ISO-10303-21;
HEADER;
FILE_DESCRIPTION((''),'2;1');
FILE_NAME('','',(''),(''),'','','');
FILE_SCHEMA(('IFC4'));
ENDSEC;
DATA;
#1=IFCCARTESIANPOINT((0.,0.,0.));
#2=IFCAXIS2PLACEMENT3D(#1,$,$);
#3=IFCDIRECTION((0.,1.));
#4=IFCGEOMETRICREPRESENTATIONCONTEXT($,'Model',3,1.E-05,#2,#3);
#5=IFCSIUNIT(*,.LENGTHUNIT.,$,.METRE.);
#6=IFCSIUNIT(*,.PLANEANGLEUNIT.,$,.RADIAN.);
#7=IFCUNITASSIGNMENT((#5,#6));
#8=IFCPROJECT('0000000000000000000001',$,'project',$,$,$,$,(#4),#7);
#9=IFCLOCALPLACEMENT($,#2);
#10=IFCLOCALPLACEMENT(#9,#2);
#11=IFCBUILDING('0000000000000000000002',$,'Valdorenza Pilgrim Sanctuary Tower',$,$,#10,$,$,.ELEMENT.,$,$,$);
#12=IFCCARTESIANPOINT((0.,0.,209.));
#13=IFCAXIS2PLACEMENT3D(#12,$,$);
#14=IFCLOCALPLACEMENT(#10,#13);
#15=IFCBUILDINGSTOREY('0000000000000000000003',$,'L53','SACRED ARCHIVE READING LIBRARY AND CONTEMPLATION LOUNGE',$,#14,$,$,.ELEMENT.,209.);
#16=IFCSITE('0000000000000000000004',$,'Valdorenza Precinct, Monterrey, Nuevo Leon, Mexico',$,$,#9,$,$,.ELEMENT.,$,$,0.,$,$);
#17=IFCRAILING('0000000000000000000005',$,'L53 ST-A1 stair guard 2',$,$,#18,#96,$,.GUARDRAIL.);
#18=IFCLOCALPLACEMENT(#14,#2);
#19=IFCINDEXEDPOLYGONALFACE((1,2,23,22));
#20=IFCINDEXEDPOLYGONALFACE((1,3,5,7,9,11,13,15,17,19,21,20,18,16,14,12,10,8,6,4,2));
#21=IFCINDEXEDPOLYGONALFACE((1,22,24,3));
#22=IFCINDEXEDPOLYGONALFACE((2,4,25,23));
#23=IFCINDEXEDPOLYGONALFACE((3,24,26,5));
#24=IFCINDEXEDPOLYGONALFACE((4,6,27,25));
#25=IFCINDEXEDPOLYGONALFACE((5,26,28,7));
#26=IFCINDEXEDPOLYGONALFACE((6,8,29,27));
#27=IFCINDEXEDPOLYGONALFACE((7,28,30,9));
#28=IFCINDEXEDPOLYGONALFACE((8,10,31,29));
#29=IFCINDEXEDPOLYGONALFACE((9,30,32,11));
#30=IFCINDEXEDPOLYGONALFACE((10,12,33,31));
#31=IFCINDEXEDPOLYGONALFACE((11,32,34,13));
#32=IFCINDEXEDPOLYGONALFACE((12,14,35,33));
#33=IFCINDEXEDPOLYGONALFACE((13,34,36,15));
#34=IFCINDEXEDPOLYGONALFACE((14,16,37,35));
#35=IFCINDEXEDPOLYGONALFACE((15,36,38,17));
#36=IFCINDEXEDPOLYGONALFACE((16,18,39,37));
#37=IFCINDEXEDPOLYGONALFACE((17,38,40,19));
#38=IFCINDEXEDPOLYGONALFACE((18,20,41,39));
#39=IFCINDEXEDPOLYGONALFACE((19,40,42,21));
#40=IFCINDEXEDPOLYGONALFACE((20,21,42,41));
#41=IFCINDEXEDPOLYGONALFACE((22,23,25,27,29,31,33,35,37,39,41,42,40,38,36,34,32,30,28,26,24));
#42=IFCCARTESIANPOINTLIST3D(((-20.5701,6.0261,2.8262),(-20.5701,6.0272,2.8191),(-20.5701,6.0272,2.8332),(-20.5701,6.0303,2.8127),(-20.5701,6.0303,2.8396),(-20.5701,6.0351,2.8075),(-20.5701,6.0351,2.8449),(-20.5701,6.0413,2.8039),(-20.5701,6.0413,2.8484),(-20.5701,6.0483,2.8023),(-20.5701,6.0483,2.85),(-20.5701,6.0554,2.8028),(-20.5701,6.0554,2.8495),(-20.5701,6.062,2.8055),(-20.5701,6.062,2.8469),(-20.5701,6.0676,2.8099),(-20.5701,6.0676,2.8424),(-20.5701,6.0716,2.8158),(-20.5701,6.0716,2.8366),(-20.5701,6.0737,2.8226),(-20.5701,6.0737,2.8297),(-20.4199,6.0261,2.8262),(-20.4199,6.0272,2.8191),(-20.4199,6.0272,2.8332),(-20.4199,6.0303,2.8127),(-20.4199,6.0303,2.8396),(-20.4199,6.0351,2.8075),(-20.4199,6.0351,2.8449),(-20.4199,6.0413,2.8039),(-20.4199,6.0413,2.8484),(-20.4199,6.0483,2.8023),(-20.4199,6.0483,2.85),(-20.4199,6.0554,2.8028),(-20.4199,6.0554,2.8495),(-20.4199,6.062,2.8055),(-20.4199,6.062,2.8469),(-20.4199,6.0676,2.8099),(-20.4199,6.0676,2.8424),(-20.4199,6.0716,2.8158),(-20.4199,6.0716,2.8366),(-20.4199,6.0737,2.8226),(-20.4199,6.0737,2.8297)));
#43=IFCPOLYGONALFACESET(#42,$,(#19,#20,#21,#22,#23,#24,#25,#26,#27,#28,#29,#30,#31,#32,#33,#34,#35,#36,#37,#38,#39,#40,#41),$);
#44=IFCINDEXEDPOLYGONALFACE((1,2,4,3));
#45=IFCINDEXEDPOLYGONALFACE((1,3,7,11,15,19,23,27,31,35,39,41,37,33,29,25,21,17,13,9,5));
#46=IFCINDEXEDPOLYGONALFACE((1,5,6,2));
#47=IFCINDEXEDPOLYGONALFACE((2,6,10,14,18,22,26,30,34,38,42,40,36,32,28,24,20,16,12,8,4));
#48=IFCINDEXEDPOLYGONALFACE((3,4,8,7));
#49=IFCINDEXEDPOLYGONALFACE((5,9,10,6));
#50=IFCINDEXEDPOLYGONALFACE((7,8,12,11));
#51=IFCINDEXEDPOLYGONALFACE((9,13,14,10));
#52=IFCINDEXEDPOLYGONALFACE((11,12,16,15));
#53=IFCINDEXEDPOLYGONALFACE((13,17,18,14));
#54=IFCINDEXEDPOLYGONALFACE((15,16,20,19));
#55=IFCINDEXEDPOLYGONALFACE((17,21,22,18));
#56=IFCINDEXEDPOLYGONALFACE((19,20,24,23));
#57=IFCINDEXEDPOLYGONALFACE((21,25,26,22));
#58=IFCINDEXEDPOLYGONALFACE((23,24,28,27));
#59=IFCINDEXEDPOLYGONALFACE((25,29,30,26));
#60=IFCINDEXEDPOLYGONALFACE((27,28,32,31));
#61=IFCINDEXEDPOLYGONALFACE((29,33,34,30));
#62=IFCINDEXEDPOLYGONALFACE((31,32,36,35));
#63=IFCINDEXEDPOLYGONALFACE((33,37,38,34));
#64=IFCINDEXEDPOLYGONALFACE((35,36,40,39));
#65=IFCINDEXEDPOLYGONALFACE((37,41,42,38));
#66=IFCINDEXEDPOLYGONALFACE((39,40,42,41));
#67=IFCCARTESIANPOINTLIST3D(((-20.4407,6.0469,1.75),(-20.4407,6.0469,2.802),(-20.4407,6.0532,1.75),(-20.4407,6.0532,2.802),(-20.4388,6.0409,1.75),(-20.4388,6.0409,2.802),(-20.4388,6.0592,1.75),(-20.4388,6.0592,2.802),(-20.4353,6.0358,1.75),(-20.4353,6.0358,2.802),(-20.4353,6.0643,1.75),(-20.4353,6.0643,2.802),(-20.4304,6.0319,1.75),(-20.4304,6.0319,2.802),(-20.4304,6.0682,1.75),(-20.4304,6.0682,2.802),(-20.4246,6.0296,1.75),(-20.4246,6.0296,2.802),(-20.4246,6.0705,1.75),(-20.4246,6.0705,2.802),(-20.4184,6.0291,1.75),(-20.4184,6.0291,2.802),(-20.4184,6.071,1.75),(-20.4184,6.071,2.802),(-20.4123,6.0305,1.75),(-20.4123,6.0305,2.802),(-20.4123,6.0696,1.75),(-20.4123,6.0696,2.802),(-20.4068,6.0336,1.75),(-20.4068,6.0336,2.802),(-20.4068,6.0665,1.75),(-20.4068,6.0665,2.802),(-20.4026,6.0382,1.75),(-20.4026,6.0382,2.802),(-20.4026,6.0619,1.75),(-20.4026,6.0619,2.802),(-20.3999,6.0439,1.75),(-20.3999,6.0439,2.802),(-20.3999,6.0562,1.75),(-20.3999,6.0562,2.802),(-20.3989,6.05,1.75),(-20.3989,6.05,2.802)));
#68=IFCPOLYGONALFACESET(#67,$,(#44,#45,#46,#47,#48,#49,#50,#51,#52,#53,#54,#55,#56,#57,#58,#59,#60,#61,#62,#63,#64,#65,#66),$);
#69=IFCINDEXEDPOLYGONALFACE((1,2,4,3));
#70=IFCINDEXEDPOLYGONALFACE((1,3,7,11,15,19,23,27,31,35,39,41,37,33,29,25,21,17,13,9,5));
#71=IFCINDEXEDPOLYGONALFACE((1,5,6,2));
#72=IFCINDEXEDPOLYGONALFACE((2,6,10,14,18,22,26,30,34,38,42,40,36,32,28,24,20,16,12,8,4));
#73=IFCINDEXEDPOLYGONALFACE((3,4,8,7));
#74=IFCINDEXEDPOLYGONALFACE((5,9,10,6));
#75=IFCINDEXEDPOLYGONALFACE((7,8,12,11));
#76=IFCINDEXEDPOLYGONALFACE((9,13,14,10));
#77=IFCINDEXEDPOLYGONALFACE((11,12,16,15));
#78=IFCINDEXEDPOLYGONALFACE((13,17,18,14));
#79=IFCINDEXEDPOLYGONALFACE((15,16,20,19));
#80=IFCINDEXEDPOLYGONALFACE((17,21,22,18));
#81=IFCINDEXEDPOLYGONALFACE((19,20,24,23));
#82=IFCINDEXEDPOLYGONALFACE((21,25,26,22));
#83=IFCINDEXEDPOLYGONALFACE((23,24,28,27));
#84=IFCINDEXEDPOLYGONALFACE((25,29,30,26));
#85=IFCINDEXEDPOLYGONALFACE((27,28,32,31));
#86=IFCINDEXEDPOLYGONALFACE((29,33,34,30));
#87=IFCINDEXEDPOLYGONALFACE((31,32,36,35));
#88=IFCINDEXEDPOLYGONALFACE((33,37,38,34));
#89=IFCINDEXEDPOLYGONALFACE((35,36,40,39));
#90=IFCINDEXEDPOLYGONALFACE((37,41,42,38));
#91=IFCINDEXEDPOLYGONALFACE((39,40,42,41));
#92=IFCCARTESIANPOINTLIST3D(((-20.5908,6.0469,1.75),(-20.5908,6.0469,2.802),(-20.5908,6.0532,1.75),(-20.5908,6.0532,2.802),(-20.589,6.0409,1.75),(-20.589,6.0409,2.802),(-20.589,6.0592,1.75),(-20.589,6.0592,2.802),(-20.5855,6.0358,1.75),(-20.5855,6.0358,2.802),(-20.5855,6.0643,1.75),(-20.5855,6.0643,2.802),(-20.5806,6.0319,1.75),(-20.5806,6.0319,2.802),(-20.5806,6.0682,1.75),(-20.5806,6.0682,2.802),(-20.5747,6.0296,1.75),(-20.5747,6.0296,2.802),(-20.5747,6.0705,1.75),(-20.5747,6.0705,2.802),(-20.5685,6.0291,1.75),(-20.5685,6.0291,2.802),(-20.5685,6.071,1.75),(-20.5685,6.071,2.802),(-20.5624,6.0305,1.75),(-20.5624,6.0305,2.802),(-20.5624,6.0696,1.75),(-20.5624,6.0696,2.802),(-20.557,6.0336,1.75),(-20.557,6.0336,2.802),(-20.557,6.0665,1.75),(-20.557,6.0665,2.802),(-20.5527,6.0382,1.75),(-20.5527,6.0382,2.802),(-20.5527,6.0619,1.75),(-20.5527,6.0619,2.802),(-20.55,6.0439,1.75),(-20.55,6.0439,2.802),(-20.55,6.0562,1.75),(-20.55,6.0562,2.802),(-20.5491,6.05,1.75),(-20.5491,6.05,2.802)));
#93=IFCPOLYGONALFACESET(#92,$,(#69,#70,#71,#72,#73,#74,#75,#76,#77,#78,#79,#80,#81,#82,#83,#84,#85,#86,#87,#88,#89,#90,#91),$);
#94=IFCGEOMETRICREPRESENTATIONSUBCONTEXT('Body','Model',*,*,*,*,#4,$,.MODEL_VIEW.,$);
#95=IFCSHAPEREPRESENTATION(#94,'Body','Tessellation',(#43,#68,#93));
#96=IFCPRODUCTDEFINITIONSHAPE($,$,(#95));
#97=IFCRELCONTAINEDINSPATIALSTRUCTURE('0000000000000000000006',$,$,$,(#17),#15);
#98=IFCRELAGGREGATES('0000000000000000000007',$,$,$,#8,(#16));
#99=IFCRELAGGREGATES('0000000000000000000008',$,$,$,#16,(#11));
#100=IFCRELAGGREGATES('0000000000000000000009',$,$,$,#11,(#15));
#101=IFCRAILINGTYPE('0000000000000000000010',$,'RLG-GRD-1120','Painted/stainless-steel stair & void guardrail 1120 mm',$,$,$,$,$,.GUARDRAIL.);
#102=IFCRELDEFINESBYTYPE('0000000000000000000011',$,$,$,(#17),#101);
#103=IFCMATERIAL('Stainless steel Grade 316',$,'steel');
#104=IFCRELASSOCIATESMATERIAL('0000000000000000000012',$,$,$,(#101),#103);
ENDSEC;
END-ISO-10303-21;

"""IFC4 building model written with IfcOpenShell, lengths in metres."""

from ifc_helpers import new_model, si_unit, direction, frame, origin, origin_2d, place, context, subcontext, project, spatial, circle, extrude, material, type_object, element, save


model = new_model("IFC4")

# Units and contexts
model_context = context("Model", 3, precision=1e-05, world=origin(), true_north=direction((0.0, 1.0)))
body_context = subcontext(model_context, "Body", "Model", "MODEL_VIEW")
ifc_project = project(units=[si_unit("LENGTHUNIT", "METRE"), si_unit("PLANEANGLEUNIT", "RADIAN")], contexts=[model_context])

# Site, building, storey
site_placement = place(None, origin())
site = spatial("IfcSite", under=ifc_project, at=site_placement, Name="Valdorenza Precinct, Monterrey, Nuevo Leon, Mexico", CompositionType="ELEMENT", RefElevation=0.0)
building_placement = place(site_placement, origin())
building = spatial("IfcBuilding", under=site, at=building_placement, Name="Valdorenza Pilgrim Sanctuary Tower", CompositionType="ELEMENT")
storey_placement = place(building_placement, frame((0.0, 0.0, 209.0)))
storey = spatial("IfcBuildingStorey", under=building, at=storey_placement, Name="L53", Description="SACRED ARCHIVE READING LIBRARY AND CONTEMPLATION LOUNGE", CompositionType="ELEMENT", Elevation=209.0)

# Railing
ifc_material_1 = material(Name="Stainless steel Grade 316", Category="steel")
railing_type_1 = type_object("IfcRailingType", Name="RLG-GRD-1120", Description="Painted/stainless-steel stair & void guardrail 1120 mm", PredefinedType="GUARDRAIL", material=ifc_material_1)
railing_1_placement = place(storey_placement, frame((-20.4199, 6.05, 1.75)))
element("IfcRailing", 1, at=railing_1_placement, inside=storey, type_object=railing_type_1, Name="L53 ST-A1 stair guard 2", PredefinedType="GUARDRAIL", context=body_context, shape_type="SweptSolid", body=[
    extrude(circle(Radius=0.0239, at=origin_2d()), frame((0.0, 0.0, 1.0762), z_axis=(-1.0, 0.0, 0.0), x_axis=(0.0, -1.0, 0.0)), (0.0, 0.0, 1.0), 0.1501),
    extrude(circle(Radius=0.021, at=origin_2d()), origin(), (0.0, 0.0, 1.0), 1.052),
    extrude(circle(Radius=0.021, at=origin_2d()), frame((-0.1501, 0.0, 0.0)), (0.0, 0.0, 1.0), 1.052),
])

save(model, "model.ifc")
